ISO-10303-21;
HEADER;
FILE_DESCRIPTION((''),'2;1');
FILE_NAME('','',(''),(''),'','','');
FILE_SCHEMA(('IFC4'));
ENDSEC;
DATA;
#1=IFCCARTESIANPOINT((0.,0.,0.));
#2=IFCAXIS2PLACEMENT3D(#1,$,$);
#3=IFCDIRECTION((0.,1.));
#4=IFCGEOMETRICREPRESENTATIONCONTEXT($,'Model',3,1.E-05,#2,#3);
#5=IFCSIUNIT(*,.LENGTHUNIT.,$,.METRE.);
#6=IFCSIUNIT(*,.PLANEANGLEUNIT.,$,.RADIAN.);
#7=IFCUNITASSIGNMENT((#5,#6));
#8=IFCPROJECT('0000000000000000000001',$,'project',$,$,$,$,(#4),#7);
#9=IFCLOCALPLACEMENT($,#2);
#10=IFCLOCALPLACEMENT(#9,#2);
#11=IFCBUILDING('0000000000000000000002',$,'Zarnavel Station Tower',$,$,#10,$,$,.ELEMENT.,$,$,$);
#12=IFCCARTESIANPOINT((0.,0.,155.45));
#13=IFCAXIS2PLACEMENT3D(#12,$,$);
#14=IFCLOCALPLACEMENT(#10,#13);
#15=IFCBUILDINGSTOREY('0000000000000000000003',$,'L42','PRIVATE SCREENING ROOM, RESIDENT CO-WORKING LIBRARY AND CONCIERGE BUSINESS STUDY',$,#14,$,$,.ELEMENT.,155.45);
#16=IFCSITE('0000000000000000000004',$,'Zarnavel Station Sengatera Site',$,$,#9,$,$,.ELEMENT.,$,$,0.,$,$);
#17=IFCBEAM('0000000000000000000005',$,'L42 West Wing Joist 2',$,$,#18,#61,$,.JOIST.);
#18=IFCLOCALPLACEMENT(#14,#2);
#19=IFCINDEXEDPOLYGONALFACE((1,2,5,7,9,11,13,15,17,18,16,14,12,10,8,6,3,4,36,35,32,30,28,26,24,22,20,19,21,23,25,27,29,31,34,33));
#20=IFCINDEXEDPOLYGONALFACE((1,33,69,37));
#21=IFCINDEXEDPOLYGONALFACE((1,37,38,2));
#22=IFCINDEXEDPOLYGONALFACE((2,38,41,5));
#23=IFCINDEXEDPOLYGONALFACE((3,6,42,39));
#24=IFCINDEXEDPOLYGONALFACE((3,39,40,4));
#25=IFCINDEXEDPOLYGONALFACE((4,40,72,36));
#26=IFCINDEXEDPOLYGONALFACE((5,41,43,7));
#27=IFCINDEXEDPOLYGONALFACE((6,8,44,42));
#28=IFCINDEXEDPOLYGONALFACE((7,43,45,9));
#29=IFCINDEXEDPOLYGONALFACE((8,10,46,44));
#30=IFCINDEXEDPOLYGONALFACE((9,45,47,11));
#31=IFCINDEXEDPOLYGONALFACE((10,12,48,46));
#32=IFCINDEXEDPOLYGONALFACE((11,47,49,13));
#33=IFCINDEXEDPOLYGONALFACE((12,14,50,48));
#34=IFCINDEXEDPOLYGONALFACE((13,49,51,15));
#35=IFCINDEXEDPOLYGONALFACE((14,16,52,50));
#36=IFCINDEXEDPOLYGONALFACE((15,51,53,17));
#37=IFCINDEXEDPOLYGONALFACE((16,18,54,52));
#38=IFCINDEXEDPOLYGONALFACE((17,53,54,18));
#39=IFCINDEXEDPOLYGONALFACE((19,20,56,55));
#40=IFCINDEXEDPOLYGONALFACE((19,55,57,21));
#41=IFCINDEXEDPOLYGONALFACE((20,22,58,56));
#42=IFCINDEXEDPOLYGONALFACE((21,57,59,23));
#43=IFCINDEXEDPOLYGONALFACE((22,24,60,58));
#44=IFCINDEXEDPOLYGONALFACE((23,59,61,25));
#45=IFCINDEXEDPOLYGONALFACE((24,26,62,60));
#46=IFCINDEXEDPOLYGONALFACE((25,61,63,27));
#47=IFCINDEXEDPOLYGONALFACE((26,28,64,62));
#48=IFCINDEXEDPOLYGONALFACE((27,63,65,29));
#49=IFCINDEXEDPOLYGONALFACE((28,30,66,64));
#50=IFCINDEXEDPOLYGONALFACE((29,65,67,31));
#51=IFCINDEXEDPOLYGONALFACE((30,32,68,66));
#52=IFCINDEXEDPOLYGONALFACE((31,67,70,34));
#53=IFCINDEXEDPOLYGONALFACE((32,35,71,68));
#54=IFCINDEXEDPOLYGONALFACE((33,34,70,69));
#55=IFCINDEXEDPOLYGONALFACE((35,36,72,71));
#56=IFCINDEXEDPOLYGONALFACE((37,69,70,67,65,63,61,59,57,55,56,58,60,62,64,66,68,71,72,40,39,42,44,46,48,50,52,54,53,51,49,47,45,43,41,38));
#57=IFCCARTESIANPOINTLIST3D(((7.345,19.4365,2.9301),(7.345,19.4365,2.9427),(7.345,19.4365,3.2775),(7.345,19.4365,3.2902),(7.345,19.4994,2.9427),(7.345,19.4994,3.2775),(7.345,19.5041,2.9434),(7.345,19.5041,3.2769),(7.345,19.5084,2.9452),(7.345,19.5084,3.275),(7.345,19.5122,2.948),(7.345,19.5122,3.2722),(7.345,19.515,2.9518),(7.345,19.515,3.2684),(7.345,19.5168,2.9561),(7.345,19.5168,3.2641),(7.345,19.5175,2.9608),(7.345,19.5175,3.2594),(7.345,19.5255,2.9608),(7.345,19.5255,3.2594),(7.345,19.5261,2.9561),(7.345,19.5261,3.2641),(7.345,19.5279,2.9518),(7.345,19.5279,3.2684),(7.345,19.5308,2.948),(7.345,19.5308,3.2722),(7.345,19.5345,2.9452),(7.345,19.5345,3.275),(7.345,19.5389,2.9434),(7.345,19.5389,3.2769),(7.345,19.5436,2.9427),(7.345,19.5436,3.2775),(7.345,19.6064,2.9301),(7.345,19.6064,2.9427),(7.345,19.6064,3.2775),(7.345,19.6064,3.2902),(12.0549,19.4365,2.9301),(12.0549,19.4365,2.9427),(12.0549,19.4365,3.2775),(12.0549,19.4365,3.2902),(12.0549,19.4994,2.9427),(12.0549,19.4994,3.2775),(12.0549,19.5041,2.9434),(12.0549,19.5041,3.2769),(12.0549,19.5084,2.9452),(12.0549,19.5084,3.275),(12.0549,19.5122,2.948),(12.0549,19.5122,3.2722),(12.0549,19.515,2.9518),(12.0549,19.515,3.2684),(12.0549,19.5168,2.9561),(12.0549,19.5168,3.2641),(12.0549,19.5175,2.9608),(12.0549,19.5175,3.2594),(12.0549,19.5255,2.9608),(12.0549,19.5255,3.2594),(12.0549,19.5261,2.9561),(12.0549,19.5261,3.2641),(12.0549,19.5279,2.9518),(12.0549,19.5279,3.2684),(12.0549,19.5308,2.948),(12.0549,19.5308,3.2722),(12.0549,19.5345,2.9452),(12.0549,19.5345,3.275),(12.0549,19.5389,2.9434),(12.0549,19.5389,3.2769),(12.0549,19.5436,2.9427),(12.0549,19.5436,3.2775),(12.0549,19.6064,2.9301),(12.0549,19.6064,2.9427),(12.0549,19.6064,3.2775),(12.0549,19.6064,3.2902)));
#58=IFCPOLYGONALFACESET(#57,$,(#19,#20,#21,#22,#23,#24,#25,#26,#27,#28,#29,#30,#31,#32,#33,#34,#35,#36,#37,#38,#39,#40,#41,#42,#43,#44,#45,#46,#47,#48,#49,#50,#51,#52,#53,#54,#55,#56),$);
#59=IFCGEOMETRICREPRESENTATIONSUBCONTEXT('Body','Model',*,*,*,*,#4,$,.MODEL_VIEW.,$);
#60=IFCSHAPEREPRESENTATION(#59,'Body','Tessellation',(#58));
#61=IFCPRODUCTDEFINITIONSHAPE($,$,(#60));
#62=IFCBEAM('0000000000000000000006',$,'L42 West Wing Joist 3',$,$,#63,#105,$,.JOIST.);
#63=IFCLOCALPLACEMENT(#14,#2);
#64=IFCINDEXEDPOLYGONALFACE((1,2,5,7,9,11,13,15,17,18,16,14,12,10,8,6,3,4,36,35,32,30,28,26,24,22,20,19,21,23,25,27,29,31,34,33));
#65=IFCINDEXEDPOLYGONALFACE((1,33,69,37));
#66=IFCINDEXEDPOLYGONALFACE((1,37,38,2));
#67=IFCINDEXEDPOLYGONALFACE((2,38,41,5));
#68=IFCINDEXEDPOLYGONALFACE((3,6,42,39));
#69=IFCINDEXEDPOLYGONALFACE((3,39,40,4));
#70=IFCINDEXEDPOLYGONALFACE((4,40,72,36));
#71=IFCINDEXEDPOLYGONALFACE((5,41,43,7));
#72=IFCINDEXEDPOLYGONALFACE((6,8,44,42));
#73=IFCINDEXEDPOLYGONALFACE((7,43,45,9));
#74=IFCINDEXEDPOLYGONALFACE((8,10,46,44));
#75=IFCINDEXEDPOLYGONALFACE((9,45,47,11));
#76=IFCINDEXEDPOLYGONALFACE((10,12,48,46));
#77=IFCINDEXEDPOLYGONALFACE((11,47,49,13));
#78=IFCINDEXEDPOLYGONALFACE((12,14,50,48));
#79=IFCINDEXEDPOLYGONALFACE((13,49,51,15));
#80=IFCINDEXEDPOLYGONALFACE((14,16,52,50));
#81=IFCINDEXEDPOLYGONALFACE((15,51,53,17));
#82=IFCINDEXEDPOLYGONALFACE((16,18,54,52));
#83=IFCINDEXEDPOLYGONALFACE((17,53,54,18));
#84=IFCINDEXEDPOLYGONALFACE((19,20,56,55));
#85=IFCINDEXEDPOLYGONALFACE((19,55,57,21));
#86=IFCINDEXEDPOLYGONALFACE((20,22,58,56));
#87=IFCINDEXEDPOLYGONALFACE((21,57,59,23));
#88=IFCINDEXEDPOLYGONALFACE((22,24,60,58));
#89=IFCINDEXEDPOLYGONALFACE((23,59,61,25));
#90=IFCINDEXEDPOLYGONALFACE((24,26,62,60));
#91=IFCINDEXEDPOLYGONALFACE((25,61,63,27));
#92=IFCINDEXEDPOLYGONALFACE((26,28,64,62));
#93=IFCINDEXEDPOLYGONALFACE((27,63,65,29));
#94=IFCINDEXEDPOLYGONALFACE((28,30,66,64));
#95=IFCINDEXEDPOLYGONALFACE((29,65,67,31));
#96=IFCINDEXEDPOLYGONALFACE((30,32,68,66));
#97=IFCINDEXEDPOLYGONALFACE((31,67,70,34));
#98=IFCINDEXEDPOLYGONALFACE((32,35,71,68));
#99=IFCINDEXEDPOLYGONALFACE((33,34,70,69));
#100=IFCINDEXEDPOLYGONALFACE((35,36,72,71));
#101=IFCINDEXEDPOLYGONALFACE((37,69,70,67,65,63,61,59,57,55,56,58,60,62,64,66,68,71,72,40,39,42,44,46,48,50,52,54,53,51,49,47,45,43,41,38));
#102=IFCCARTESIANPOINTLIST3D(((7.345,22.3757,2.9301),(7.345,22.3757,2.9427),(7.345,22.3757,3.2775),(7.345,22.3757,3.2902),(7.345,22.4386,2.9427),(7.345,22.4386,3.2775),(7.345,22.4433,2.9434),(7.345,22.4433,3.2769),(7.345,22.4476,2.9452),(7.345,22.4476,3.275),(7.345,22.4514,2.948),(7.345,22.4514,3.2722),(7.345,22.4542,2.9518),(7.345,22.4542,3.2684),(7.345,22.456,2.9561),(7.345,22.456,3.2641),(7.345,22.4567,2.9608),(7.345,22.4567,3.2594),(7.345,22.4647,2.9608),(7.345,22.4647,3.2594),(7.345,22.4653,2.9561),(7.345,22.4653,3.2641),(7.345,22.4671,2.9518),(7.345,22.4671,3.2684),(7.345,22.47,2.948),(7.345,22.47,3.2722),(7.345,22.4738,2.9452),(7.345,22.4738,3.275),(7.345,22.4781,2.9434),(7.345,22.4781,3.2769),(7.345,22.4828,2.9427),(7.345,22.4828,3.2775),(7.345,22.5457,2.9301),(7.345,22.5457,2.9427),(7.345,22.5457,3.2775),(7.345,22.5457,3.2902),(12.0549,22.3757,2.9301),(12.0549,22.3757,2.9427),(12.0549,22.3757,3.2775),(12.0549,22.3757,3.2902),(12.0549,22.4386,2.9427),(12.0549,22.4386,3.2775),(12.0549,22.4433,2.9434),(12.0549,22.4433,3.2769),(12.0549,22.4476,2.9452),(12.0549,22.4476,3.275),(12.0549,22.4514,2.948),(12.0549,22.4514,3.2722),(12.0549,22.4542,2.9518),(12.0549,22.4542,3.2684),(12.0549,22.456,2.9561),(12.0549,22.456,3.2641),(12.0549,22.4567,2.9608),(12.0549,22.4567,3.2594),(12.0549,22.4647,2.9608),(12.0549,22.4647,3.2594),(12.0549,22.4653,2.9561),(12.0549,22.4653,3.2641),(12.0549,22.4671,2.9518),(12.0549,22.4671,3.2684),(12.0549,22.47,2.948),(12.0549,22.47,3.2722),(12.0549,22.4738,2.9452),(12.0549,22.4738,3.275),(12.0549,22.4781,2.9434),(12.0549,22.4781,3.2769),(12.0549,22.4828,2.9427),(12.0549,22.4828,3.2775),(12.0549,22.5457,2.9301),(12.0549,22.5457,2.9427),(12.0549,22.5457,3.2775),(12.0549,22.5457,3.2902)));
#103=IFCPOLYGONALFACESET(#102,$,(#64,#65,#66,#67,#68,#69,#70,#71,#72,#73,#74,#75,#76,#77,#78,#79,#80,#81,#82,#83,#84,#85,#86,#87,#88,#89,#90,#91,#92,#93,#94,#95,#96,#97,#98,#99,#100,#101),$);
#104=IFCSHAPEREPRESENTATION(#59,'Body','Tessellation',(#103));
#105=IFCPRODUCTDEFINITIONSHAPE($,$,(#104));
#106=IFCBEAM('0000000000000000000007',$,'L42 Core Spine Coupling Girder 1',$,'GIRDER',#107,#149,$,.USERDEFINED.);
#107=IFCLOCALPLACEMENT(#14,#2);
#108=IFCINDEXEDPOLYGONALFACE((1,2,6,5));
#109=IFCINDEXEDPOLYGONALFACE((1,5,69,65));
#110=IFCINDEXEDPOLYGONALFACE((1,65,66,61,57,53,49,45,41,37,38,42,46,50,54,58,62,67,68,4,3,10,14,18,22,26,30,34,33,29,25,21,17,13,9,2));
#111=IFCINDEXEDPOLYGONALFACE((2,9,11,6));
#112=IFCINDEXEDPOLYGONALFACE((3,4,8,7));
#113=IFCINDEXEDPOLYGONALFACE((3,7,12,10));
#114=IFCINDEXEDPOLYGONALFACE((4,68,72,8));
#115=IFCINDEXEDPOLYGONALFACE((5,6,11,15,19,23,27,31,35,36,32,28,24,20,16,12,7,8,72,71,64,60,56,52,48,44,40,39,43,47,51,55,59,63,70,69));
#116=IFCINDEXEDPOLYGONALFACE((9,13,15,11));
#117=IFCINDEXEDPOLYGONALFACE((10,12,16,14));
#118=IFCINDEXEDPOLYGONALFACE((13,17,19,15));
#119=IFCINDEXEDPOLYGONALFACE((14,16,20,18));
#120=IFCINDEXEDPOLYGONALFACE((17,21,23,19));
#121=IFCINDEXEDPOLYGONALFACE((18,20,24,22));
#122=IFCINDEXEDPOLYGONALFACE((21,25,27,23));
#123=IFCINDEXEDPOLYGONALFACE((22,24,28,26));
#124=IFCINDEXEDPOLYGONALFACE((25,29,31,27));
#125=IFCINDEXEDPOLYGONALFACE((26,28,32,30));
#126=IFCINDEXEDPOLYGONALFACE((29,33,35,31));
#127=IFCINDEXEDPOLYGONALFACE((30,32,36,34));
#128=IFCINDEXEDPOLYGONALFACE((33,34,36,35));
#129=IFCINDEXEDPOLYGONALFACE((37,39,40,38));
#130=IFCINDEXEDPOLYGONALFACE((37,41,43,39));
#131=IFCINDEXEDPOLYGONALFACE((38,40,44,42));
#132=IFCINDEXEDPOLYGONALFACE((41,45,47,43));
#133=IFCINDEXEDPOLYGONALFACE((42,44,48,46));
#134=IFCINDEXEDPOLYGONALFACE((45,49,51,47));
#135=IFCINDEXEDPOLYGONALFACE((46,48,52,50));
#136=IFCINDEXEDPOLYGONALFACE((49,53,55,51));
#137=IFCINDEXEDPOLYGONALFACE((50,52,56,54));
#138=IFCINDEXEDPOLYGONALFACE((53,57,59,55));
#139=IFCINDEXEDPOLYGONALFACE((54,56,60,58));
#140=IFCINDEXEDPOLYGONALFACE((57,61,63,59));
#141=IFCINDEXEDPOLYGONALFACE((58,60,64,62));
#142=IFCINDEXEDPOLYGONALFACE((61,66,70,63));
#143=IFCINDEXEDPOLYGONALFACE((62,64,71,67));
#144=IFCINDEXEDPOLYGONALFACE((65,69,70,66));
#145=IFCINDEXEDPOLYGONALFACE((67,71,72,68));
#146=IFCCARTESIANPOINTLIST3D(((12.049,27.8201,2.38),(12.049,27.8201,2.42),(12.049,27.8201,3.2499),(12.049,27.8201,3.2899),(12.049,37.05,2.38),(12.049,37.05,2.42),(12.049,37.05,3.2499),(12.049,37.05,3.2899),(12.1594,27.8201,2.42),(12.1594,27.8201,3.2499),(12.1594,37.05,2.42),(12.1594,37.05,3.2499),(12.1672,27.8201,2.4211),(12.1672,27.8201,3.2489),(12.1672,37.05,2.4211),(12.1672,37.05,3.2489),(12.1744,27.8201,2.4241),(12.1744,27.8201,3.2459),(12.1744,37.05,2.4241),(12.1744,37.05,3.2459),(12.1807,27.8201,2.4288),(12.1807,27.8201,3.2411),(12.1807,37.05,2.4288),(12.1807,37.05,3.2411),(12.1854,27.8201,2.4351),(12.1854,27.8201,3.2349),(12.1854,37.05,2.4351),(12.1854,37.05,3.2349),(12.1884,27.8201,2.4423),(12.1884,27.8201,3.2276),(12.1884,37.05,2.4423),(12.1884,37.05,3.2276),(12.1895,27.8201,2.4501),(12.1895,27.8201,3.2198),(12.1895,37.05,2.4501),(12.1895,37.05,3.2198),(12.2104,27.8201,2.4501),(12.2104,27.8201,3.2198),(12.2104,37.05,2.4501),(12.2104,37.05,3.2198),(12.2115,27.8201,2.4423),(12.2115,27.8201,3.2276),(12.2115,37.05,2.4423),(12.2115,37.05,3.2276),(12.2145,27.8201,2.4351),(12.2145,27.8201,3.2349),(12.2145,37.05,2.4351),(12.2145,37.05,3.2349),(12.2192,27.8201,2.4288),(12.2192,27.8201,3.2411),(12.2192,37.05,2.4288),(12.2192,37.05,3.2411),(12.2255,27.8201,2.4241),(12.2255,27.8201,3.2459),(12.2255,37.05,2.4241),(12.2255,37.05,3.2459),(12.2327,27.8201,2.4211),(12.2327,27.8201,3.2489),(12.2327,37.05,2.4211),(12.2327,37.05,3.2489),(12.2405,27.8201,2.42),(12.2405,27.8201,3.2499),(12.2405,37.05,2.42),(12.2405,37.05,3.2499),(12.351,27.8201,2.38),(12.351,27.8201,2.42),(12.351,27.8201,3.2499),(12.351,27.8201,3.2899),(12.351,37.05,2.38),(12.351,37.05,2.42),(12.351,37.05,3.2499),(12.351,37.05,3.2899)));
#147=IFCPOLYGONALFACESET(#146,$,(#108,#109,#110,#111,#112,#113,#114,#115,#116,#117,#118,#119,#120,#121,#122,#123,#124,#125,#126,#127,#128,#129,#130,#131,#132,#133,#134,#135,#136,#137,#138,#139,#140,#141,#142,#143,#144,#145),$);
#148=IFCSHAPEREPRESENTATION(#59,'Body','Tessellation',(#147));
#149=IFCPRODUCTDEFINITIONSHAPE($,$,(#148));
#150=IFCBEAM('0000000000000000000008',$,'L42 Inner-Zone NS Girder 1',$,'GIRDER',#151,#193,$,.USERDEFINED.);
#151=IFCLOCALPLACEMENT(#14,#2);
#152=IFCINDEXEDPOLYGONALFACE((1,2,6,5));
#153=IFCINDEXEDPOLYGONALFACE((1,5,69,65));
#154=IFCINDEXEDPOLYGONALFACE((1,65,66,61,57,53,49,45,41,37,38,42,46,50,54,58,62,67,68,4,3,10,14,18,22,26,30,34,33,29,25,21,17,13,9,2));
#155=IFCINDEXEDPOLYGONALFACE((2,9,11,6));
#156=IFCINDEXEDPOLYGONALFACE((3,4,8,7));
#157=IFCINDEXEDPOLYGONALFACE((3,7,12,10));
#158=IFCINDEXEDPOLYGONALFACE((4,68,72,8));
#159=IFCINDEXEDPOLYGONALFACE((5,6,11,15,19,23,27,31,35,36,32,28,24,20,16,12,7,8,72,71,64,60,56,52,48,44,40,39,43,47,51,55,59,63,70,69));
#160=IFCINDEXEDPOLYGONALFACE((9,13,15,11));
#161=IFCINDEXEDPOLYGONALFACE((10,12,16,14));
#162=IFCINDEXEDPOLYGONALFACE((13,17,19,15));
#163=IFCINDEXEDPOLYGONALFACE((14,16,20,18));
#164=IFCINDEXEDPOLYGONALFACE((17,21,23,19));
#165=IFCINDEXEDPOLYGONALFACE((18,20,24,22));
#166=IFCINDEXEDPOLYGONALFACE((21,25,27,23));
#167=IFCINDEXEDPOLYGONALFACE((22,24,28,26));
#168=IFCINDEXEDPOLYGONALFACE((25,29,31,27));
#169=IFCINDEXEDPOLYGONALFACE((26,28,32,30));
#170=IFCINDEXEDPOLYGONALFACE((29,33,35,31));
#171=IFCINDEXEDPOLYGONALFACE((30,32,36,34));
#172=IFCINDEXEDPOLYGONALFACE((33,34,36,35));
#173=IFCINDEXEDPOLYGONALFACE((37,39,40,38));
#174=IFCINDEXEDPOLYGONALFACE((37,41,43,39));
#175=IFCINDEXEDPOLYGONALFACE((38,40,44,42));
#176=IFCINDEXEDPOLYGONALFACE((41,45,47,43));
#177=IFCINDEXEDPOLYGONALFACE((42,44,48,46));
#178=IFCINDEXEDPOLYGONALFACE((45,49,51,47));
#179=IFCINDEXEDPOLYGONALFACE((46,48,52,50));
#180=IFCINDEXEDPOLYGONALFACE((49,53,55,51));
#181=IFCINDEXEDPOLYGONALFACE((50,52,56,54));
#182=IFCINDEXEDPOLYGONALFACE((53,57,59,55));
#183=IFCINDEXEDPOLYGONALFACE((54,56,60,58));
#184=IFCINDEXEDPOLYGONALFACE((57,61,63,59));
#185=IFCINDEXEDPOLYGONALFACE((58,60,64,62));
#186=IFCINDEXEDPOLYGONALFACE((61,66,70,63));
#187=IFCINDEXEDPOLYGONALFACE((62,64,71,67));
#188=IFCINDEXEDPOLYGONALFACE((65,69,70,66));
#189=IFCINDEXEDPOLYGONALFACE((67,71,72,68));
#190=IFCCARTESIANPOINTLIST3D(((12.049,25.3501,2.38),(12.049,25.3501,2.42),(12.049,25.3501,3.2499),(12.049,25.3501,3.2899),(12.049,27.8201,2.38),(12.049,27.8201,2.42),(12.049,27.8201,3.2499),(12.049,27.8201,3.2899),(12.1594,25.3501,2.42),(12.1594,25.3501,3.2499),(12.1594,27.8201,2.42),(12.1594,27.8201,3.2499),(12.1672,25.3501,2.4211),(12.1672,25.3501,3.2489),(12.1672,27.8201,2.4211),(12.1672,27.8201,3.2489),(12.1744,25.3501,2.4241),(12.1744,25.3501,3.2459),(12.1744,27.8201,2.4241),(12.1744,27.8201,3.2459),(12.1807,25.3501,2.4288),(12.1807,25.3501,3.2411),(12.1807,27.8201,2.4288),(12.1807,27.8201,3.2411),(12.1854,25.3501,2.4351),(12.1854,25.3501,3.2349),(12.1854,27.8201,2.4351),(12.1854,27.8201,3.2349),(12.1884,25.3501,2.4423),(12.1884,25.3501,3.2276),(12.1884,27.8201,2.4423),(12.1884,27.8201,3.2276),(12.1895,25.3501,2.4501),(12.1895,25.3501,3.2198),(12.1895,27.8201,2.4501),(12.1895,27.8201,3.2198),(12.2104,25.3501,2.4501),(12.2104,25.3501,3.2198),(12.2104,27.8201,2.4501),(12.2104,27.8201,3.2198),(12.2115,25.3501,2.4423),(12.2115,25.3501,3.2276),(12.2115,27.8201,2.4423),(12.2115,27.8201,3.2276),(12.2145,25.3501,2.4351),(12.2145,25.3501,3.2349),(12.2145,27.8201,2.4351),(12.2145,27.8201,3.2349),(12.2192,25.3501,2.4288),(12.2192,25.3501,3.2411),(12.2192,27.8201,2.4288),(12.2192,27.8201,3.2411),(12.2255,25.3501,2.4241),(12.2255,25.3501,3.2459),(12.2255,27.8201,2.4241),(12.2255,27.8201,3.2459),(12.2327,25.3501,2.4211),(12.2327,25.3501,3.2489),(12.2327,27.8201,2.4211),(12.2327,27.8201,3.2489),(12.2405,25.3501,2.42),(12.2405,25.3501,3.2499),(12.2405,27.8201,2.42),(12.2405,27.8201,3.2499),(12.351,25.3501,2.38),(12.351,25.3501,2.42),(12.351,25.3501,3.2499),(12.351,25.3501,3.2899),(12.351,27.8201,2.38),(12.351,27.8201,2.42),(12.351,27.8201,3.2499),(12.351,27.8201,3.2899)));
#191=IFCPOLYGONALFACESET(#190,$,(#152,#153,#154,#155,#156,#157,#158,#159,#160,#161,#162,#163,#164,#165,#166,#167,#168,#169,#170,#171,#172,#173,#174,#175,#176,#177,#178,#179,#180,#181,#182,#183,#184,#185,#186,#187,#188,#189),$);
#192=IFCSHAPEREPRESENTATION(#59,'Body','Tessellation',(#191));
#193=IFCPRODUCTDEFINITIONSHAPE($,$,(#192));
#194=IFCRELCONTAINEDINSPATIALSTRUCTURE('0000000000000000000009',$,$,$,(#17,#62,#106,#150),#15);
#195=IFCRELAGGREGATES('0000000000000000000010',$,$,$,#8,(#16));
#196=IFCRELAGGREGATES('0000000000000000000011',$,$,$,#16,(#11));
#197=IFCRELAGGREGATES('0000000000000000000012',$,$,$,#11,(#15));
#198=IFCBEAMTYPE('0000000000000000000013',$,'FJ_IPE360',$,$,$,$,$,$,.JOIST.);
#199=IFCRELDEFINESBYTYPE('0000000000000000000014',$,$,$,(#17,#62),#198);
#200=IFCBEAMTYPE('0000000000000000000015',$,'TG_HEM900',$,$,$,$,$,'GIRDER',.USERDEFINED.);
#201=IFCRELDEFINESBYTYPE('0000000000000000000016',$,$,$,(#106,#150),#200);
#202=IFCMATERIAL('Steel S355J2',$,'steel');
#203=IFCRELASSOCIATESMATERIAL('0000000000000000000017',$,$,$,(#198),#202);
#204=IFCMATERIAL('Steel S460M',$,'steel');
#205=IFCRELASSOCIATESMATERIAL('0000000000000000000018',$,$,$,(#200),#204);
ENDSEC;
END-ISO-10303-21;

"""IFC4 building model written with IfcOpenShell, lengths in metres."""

from ifc_helpers import new_model, si_unit, direction, frame, origin, origin_2d, place, context, subcontext, project, spatial, i_section, extrude, material, material_profile, profile_set, type_object, element, save


model = new_model("IFC4")

# Units and contexts
model_context = context("Model", 3, precision=1e-05, world=origin(), true_north=direction((0.0, 1.0)))
body_context = subcontext(model_context, "Body", "Model", "MODEL_VIEW")
ifc_project = project(units=[si_unit("LENGTHUNIT", "METRE"), si_unit("PLANEANGLEUNIT", "RADIAN")], contexts=[model_context])

# Site, building, storey
site_placement = place(None, origin())
site = spatial("IfcSite", under=ifc_project, at=site_placement, Name="Zarnavel Station Sengatera Site", CompositionType="ELEMENT", RefElevation=0.0)
building_placement = place(site_placement, origin())
building = spatial("IfcBuilding", under=site, at=building_placement, Name="Zarnavel Station Tower", CompositionType="ELEMENT")
storey_placement = place(building_placement, frame((0.0, 0.0, 155.45)))
storey = spatial("IfcBuildingStorey", under=building, at=storey_placement, Name="L42", Description="PRIVATE SCREENING ROOM, RESIDENT CO-WORKING LIBRARY AND CONCIERGE BUSINESS STUDY", CompositionType="ELEMENT", Elevation=155.45)

# Beams
ifc_material_1 = material(Name="Steel S355J2", Category="steel")
ifc_material_profile_1 = material_profile(ifc_material_1, i_section(OverallWidth=0.1699, OverallDepth=0.3601, WebThickness=0.0081, FlangeThickness=0.0127, FilletRadius=0.0181, at=origin_2d()), Name="IPE360")
ifc_profile_set_1 = profile_set([ifc_material_profile_1], Name="Steel S355J2")
beam_type_1 = type_object("IfcBeamType", Name="FJ_IPE360", PredefinedType="JOIST", material=ifc_profile_set_1)
for number, where, z_axis, x_axis, name in (
    (1, (7.345, 19.5215, 3.1101), (1.0, 0.0, 0.0), (0.0, 1.0, 0.0), "L42 West Wing Joist 2"),
    (2, (7.345, 22.4607, 3.1101), (1.0, 0.0, 0.0), (0.0, 1.0, 0.0), "L42 West Wing Joist 3"),
):
    element("IfcBeam", number, at=place(storey_placement, frame(where, z_axis=z_axis, x_axis=x_axis)), inside=storey, type_object=beam_type_1, Name=name, PredefinedType="JOIST", context=body_context, shape_type="SweptSolid", body=[
        extrude(i_section(OverallWidth=0.1699, OverallDepth=0.3601, WebThickness=0.0081, FlangeThickness=0.0127, FilletRadius=0.0181, at=origin_2d()), origin(), (0.0, 0.0, 1.0), 4.71),
    ])
ifc_material_2 = material(Name="Steel S460M", Category="steel")
ifc_material_profile_2 = material_profile(ifc_material_2, i_section(OverallWidth=0.302, OverallDepth=0.9099, WebThickness=0.021, FlangeThickness=0.04, FilletRadius=0.03, at=origin_2d()), Name="HEM900")
ifc_profile_set_2 = profile_set([ifc_material_profile_2], Name="Steel S460M")
beam_type_2 = type_object("IfcBeamType", Name="TG_HEM900", ElementType="GIRDER", PredefinedType="USERDEFINED", material=ifc_profile_set_2)
beam_1_placement = place(storey_placement, frame((12.2, 27.8201, 2.835), z_axis=(0.0, 1.0, 0.0), x_axis=(-1.0, 0.0, 0.0)))
element("IfcBeam", 3, at=beam_1_placement, inside=storey, type_object=beam_type_2, Name="L42 Core Spine Coupling Girder 1", ObjectType="GIRDER", PredefinedType="USERDEFINED", context=body_context, shape_type="SweptSolid", body=[
    extrude(i_section(OverallWidth=0.302, OverallDepth=0.9099, WebThickness=0.021, FlangeThickness=0.04, FilletRadius=0.03, at=origin_2d()), origin(), (0.0, 0.0, 1.0), 9.23),
])
beam_2_placement = place(storey_placement, frame((12.2, 25.3501, 2.835), z_axis=(0.0, 1.0, 0.0), x_axis=(-1.0, 0.0, 0.0)))
element("IfcBeam", 4, at=beam_2_placement, inside=storey, type_object=beam_type_2, Name="L42 Inner-Zone NS Girder 1", ObjectType="GIRDER", PredefinedType="USERDEFINED", context=body_context, shape_type="SweptSolid", body=[
    extrude(i_section(OverallWidth=0.302, OverallDepth=0.9099, WebThickness=0.021, FlangeThickness=0.04, FilletRadius=0.03, at=origin_2d()), origin(), (0.0, 0.0, 1.0), 2.47),
])

save(model, "model.ifc")
